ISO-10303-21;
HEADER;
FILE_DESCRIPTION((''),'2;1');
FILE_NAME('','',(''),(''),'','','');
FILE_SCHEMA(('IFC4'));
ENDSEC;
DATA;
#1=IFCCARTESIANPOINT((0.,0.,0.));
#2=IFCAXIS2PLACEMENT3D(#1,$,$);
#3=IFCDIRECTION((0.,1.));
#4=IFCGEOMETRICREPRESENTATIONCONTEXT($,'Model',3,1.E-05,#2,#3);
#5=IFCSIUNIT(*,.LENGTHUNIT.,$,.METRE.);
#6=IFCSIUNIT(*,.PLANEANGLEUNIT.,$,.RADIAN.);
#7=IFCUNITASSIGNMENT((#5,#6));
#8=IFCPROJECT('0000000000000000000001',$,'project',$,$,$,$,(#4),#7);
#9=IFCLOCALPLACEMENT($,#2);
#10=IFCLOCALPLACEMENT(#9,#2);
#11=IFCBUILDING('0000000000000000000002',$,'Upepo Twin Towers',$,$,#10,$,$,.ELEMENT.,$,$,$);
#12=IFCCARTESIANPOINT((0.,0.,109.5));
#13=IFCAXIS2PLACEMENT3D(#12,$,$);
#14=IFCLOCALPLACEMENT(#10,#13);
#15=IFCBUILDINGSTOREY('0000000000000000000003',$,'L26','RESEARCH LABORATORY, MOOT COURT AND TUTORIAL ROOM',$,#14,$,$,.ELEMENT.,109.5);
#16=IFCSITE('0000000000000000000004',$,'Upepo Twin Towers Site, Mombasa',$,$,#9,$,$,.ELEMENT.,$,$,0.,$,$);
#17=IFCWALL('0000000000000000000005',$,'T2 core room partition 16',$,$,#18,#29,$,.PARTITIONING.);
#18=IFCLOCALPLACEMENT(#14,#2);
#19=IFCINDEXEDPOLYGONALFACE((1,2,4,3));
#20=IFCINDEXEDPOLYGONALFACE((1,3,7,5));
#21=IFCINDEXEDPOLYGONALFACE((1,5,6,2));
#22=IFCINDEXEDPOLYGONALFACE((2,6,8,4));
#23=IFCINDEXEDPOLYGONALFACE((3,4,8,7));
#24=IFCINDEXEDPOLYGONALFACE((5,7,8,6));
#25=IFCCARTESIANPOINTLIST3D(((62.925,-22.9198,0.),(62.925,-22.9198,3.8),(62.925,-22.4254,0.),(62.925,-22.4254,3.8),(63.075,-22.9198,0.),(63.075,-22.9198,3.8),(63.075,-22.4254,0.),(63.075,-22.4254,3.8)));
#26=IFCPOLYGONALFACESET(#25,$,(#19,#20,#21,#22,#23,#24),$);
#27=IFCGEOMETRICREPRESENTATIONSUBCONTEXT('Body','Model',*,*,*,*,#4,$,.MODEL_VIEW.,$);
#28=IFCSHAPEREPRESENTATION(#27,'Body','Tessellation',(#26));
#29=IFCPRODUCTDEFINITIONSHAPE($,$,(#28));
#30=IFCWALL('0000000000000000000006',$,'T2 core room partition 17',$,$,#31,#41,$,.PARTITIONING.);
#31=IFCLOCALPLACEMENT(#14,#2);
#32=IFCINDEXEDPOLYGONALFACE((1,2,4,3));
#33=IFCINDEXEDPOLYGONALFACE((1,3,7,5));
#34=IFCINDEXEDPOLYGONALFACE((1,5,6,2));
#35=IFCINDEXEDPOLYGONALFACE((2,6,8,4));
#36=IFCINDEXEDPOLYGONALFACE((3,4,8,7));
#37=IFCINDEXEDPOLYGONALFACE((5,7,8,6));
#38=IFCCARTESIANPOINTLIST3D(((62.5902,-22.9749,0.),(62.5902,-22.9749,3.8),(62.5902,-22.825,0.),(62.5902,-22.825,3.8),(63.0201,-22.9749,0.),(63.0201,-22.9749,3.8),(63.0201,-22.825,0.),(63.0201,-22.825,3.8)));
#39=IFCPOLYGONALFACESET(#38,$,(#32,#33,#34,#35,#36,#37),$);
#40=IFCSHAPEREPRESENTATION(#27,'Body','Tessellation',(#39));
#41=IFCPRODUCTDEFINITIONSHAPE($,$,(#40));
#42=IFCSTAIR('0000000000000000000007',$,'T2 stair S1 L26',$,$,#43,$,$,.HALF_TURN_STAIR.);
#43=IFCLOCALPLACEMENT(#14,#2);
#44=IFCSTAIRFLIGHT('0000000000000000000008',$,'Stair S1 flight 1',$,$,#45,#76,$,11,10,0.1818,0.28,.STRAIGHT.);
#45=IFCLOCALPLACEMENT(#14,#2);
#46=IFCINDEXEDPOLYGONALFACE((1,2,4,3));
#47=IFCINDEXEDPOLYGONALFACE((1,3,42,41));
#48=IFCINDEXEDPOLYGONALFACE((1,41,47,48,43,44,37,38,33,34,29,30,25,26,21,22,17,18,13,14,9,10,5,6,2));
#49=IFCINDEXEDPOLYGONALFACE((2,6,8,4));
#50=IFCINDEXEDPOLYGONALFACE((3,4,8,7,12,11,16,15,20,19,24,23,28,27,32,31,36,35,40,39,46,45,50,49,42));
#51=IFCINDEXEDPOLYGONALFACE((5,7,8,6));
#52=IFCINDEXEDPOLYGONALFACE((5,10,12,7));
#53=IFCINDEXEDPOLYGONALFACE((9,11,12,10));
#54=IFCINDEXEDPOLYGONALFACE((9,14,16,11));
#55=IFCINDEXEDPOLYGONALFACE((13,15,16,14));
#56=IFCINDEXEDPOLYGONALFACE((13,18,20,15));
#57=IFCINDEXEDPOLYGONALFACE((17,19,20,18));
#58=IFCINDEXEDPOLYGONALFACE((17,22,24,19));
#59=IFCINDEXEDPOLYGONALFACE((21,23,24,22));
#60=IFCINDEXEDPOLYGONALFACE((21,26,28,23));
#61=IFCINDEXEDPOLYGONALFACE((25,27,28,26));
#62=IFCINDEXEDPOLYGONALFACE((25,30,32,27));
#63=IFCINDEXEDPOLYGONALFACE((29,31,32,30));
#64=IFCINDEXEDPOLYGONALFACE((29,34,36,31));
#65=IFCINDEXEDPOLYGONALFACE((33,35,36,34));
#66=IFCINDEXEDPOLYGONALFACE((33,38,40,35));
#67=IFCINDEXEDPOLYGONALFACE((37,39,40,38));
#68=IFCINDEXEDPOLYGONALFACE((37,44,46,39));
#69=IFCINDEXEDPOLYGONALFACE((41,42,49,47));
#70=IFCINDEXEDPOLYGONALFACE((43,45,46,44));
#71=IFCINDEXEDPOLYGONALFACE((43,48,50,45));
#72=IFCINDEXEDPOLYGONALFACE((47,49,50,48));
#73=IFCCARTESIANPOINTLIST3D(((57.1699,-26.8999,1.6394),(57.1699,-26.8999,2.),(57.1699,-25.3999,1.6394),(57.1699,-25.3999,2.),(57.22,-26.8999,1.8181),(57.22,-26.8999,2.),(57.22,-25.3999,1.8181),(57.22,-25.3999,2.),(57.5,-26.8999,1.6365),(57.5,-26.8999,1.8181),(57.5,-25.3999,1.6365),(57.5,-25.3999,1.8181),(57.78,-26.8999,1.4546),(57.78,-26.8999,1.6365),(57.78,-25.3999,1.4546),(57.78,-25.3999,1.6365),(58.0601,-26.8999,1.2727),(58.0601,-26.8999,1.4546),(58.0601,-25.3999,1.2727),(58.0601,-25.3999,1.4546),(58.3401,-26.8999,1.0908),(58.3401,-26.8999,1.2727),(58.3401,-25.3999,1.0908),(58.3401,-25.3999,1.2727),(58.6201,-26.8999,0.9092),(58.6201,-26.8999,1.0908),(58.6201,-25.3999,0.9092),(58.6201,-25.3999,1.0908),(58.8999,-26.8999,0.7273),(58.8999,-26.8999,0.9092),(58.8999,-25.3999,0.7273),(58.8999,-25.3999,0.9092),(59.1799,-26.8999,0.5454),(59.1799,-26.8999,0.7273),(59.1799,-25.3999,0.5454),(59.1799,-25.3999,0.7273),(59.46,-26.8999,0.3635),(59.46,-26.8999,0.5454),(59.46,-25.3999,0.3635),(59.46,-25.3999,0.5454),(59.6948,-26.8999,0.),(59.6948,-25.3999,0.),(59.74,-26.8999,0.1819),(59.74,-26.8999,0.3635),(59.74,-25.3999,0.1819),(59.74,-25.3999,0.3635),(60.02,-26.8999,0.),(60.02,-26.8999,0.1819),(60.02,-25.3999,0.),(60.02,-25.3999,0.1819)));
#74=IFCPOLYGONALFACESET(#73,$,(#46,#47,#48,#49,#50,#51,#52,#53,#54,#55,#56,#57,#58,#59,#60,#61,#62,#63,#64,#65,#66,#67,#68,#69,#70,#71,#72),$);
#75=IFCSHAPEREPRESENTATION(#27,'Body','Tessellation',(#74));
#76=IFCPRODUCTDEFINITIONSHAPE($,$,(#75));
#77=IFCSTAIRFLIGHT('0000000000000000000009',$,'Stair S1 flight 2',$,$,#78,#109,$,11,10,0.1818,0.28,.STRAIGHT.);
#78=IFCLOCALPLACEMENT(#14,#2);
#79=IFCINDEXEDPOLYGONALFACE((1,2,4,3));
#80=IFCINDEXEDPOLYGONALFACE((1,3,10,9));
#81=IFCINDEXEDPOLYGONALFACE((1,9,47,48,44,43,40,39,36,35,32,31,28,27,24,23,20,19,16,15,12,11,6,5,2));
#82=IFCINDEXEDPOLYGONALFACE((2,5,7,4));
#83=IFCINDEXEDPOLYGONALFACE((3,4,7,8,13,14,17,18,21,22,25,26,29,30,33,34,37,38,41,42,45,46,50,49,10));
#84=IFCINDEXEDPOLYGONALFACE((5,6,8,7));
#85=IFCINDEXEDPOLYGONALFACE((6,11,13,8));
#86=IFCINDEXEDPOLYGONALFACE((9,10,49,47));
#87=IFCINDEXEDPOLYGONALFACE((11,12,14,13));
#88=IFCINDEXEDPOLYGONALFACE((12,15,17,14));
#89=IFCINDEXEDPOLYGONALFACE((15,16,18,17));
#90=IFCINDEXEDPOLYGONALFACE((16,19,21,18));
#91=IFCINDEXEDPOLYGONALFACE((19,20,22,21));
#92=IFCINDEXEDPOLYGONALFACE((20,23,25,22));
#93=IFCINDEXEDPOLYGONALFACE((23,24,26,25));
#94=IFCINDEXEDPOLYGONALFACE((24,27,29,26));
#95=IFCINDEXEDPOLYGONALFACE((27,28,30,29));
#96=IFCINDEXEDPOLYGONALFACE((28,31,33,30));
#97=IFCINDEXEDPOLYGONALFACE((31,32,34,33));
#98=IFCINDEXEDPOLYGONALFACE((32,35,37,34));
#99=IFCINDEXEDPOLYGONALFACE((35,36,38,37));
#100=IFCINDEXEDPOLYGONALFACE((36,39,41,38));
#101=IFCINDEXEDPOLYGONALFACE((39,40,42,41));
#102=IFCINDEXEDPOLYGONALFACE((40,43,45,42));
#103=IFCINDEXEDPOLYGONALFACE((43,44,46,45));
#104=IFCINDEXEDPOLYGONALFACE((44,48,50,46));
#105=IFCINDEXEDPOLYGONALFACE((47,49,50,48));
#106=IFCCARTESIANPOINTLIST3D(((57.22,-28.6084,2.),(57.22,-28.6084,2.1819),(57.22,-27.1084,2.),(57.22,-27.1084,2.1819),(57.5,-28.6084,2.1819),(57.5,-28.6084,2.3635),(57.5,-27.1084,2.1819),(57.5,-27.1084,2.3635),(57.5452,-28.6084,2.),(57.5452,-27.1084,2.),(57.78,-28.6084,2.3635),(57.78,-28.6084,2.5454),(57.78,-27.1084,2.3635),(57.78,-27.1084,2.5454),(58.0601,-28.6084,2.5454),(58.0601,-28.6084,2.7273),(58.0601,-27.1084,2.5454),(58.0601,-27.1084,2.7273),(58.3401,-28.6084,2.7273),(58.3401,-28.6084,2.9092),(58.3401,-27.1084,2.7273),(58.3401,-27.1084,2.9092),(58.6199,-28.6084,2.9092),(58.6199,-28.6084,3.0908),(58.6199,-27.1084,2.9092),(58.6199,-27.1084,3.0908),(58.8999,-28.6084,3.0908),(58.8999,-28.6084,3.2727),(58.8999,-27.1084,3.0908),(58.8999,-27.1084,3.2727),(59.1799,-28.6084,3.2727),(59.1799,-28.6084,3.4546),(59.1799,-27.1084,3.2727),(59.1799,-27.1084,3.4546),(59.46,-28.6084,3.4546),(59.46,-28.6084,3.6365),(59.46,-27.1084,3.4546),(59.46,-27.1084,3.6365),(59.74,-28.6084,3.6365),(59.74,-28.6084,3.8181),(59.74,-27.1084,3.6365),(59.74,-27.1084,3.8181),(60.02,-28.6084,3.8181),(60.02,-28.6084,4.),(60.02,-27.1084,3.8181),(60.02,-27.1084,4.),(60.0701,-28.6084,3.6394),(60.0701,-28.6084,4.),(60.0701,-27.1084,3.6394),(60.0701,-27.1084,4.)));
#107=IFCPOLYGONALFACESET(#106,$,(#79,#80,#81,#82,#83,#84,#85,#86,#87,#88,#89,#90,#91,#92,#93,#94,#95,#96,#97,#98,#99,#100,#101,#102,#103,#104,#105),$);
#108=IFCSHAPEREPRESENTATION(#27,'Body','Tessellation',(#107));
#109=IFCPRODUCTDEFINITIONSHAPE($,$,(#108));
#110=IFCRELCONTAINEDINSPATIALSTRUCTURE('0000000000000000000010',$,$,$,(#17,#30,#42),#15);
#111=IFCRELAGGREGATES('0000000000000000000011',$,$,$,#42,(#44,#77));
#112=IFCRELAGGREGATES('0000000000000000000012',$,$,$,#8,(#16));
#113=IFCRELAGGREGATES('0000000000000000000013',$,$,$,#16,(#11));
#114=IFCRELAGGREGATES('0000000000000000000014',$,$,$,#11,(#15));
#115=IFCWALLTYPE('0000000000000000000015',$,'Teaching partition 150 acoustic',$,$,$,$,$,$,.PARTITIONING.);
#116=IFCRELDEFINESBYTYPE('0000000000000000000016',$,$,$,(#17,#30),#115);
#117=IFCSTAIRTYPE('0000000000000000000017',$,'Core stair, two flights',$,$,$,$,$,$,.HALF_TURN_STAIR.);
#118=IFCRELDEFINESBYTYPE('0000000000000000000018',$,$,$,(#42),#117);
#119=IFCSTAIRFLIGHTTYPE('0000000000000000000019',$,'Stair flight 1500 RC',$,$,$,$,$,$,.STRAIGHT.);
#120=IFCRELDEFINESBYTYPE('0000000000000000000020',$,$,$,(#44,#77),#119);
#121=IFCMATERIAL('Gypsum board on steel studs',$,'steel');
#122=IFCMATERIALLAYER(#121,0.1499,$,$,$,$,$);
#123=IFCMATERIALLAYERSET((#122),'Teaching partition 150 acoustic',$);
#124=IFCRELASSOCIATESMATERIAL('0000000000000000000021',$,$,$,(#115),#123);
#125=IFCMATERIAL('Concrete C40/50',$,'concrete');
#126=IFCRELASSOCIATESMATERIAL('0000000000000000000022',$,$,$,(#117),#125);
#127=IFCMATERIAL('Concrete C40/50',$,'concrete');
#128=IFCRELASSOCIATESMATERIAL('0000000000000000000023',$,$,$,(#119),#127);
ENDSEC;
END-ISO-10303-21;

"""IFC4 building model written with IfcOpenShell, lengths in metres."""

from ifc_helpers import new_model, si_unit, direction, frame, frame_2d, origin, place, context, subcontext, project, spatial, polyline, rectangle, outline, extrude, material, layer, layer_set, type_object, element, aggregate, save


model = new_model("IFC4")

# Units and contexts
model_context = context("Model", 3, precision=1e-05, world=origin(), true_north=direction((0.0, 1.0)))
body_context = subcontext(model_context, "Body", "Model", "MODEL_VIEW")
ifc_project = project(units=[si_unit("LENGTHUNIT", "METRE"), si_unit("PLANEANGLEUNIT", "RADIAN")], contexts=[model_context])

# Site, building, storey
site_placement = place(None, origin())
site = spatial("IfcSite", under=ifc_project, at=site_placement, Name="Upepo Twin Towers Site, Mombasa", CompositionType="ELEMENT", RefElevation=0.0)
building_placement = place(site_placement, origin())
building = spatial("IfcBuilding", under=site, at=building_placement, Name="Upepo Twin Towers", CompositionType="ELEMENT")
storey_placement = place(building_placement, frame((0.0, 0.0, 109.5)))
storey = spatial("IfcBuildingStorey", under=building, at=storey_placement, Name="L26", Description="RESEARCH LABORATORY, MOOT COURT AND TUTORIAL ROOM", CompositionType="ELEMENT", Elevation=109.5)

# Shared definitions
ifc_material_1 = material(Name="Gypsum board on steel studs", Category="steel")
ifc_layer_1 = layer(ifc_material_1, 0.1499)
ifc_layer_set_1 = layer_set([ifc_layer_1], Name="Teaching partition 150 acoustic")
wall_type_1 = type_object("IfcWallType", Name="Teaching partition 150 acoustic", PredefinedType="PARTITIONING", material=ifc_layer_set_1)

# Walls
wall_1_placement = place(storey_placement, frame((63.0, -22.4255, 0.0), z_axis=(0.0, 0.0, 1.0), x_axis=(0.0, -1.0, 0.0)))
element("IfcWall", 1, at=wall_1_placement, inside=storey, type_object=wall_type_1, Name="T2 core room partition 16", PredefinedType="PARTITIONING", context=body_context, shape_type="SweptSolid", body=[
    extrude(rectangle(XDim=0.4944, YDim=0.1499, at=frame_2d((0.2471, 0.0))), origin(), (0.0, 0.0, 1.0), 3.8),
])
wall_2_placement = place(storey_placement, frame((63.02, -22.8999, 0.0), z_axis=(0.0, 0.0, 1.0), x_axis=(-1.0, 0.0, 0.0)))
element("IfcWall", 2, at=wall_2_placement, inside=storey, type_object=wall_type_1, Name="T2 core room partition 17", PredefinedType="PARTITIONING", context=body_context, shape_type="SweptSolid", body=[
    extrude(rectangle(XDim=0.4299, YDim=0.1499, at=frame_2d((0.2148, 0.0))), origin(), (0.0, 0.0, 1.0), 3.8),
])

# Stair, stair flights
ifc_material_2 = material(Name="Concrete C40/50", Category="concrete")
stair_type = type_object("IfcStairType", Name="Core stair, two flights", PredefinedType="HALF_TURN_STAIR", material=ifc_material_2)
stair_placement = place(storey_placement, origin())
stair = element("IfcStair", 3, at=stair_placement, inside=storey, type_object=stair_type, Name="T2 stair S1 L26", PredefinedType="HALF_TURN_STAIR")
ifc_material_3 = material(Name="Concrete C40/50", Category="concrete")
stair_flight_type = type_object("IfcStairFlightType", Name="Stair flight 1500 RC", PredefinedType="STRAIGHT", material=ifc_material_3)
stair_flight_1_placement = place(storey_placement, frame((60.02, -26.1499, 0.0), z_axis=(0.0, 0.0, 1.0), x_axis=(-1.0, 0.0, 0.0)))
stair_flight_1 = element("IfcStairFlight", 4, at=stair_flight_1_placement, type_object=stair_flight_type, Name="Stair S1 flight 1", NumberOfRisers=11, NumberOfTreads=10, PredefinedType="STRAIGHT", RiserHeight=0.1818, TreadLength=0.28, context=body_context, shape_type="SweptSolid", body=[
    extrude(outline(polyline([(0.0, 0.0), (0.0, 0.1819), (0.28, 0.1819), (0.28, 0.3635), (0.5601, 0.3635), (0.5601, 0.5454), (0.8401, 0.5454), (0.8401, 0.7273), (1.1201, 0.7273), (1.1201, 0.9092), (1.3999, 0.9092), (1.3999, 1.0908), (1.6799, 1.0908), (1.6799, 1.2727), (1.96, 1.2727), (1.96, 1.4546), (2.24, 1.4546), (2.24, 1.6365), (2.52, 1.6365), (2.52, 1.8181), (2.8, 1.8181), (2.8, 2.0), (2.8501, 2.0), (2.8501, 1.6394), (0.3252, 0.0), (0.0, 0.0)])), frame((0.0, 0.75, 0.0), z_axis=(0.0, -1.0, 0.0), x_axis=(1.0, 0.0, 0.0)), (0.0, 0.0, 1.0), 1.5),
])
stair_flight_2_placement = place(storey_placement, frame((57.22, -27.8584, 2.0), z_axis=(0.0, 0.0, 1.0), x_axis=(1.0, 0.0, 0.0)))
stair_flight_2 = element("IfcStairFlight", 5, at=stair_flight_2_placement, type_object=stair_flight_type, Name="Stair S1 flight 2", NumberOfRisers=11, NumberOfTreads=10, PredefinedType="STRAIGHT", RiserHeight=0.1818, TreadLength=0.28, context=body_context, shape_type="SweptSolid", body=[
    extrude(outline(polyline([(0.0, 0.0), (0.0, 0.1819), (0.28, 0.1819), (0.28, 0.3635), (0.5601, 0.3635), (0.5601, 0.5454), (0.8401, 0.5454), (0.8401, 0.7273), (1.1201, 0.7273), (1.1201, 0.9092), (1.3999, 0.9092), (1.3999, 1.0908), (1.6799, 1.0908), (1.6799, 1.2727), (1.96, 1.2727), (1.96, 1.4546), (2.24, 1.4546), (2.24, 1.6365), (2.52, 1.6365), (2.52, 1.8181), (2.8, 1.8181), (2.8, 2.0), (2.8501, 2.0), (2.8501, 1.6394), (0.3252, 0.0), (0.0, 0.0)])), frame((0.0, 0.75, 0.0), z_axis=(0.0, -1.0, 0.0), x_axis=(1.0, 0.0, 0.0)), (0.0, 0.0, 1.0), 1.5),
])
aggregate(stair, [stair_flight_1, stair_flight_2])

save(model, "model.ifc")
